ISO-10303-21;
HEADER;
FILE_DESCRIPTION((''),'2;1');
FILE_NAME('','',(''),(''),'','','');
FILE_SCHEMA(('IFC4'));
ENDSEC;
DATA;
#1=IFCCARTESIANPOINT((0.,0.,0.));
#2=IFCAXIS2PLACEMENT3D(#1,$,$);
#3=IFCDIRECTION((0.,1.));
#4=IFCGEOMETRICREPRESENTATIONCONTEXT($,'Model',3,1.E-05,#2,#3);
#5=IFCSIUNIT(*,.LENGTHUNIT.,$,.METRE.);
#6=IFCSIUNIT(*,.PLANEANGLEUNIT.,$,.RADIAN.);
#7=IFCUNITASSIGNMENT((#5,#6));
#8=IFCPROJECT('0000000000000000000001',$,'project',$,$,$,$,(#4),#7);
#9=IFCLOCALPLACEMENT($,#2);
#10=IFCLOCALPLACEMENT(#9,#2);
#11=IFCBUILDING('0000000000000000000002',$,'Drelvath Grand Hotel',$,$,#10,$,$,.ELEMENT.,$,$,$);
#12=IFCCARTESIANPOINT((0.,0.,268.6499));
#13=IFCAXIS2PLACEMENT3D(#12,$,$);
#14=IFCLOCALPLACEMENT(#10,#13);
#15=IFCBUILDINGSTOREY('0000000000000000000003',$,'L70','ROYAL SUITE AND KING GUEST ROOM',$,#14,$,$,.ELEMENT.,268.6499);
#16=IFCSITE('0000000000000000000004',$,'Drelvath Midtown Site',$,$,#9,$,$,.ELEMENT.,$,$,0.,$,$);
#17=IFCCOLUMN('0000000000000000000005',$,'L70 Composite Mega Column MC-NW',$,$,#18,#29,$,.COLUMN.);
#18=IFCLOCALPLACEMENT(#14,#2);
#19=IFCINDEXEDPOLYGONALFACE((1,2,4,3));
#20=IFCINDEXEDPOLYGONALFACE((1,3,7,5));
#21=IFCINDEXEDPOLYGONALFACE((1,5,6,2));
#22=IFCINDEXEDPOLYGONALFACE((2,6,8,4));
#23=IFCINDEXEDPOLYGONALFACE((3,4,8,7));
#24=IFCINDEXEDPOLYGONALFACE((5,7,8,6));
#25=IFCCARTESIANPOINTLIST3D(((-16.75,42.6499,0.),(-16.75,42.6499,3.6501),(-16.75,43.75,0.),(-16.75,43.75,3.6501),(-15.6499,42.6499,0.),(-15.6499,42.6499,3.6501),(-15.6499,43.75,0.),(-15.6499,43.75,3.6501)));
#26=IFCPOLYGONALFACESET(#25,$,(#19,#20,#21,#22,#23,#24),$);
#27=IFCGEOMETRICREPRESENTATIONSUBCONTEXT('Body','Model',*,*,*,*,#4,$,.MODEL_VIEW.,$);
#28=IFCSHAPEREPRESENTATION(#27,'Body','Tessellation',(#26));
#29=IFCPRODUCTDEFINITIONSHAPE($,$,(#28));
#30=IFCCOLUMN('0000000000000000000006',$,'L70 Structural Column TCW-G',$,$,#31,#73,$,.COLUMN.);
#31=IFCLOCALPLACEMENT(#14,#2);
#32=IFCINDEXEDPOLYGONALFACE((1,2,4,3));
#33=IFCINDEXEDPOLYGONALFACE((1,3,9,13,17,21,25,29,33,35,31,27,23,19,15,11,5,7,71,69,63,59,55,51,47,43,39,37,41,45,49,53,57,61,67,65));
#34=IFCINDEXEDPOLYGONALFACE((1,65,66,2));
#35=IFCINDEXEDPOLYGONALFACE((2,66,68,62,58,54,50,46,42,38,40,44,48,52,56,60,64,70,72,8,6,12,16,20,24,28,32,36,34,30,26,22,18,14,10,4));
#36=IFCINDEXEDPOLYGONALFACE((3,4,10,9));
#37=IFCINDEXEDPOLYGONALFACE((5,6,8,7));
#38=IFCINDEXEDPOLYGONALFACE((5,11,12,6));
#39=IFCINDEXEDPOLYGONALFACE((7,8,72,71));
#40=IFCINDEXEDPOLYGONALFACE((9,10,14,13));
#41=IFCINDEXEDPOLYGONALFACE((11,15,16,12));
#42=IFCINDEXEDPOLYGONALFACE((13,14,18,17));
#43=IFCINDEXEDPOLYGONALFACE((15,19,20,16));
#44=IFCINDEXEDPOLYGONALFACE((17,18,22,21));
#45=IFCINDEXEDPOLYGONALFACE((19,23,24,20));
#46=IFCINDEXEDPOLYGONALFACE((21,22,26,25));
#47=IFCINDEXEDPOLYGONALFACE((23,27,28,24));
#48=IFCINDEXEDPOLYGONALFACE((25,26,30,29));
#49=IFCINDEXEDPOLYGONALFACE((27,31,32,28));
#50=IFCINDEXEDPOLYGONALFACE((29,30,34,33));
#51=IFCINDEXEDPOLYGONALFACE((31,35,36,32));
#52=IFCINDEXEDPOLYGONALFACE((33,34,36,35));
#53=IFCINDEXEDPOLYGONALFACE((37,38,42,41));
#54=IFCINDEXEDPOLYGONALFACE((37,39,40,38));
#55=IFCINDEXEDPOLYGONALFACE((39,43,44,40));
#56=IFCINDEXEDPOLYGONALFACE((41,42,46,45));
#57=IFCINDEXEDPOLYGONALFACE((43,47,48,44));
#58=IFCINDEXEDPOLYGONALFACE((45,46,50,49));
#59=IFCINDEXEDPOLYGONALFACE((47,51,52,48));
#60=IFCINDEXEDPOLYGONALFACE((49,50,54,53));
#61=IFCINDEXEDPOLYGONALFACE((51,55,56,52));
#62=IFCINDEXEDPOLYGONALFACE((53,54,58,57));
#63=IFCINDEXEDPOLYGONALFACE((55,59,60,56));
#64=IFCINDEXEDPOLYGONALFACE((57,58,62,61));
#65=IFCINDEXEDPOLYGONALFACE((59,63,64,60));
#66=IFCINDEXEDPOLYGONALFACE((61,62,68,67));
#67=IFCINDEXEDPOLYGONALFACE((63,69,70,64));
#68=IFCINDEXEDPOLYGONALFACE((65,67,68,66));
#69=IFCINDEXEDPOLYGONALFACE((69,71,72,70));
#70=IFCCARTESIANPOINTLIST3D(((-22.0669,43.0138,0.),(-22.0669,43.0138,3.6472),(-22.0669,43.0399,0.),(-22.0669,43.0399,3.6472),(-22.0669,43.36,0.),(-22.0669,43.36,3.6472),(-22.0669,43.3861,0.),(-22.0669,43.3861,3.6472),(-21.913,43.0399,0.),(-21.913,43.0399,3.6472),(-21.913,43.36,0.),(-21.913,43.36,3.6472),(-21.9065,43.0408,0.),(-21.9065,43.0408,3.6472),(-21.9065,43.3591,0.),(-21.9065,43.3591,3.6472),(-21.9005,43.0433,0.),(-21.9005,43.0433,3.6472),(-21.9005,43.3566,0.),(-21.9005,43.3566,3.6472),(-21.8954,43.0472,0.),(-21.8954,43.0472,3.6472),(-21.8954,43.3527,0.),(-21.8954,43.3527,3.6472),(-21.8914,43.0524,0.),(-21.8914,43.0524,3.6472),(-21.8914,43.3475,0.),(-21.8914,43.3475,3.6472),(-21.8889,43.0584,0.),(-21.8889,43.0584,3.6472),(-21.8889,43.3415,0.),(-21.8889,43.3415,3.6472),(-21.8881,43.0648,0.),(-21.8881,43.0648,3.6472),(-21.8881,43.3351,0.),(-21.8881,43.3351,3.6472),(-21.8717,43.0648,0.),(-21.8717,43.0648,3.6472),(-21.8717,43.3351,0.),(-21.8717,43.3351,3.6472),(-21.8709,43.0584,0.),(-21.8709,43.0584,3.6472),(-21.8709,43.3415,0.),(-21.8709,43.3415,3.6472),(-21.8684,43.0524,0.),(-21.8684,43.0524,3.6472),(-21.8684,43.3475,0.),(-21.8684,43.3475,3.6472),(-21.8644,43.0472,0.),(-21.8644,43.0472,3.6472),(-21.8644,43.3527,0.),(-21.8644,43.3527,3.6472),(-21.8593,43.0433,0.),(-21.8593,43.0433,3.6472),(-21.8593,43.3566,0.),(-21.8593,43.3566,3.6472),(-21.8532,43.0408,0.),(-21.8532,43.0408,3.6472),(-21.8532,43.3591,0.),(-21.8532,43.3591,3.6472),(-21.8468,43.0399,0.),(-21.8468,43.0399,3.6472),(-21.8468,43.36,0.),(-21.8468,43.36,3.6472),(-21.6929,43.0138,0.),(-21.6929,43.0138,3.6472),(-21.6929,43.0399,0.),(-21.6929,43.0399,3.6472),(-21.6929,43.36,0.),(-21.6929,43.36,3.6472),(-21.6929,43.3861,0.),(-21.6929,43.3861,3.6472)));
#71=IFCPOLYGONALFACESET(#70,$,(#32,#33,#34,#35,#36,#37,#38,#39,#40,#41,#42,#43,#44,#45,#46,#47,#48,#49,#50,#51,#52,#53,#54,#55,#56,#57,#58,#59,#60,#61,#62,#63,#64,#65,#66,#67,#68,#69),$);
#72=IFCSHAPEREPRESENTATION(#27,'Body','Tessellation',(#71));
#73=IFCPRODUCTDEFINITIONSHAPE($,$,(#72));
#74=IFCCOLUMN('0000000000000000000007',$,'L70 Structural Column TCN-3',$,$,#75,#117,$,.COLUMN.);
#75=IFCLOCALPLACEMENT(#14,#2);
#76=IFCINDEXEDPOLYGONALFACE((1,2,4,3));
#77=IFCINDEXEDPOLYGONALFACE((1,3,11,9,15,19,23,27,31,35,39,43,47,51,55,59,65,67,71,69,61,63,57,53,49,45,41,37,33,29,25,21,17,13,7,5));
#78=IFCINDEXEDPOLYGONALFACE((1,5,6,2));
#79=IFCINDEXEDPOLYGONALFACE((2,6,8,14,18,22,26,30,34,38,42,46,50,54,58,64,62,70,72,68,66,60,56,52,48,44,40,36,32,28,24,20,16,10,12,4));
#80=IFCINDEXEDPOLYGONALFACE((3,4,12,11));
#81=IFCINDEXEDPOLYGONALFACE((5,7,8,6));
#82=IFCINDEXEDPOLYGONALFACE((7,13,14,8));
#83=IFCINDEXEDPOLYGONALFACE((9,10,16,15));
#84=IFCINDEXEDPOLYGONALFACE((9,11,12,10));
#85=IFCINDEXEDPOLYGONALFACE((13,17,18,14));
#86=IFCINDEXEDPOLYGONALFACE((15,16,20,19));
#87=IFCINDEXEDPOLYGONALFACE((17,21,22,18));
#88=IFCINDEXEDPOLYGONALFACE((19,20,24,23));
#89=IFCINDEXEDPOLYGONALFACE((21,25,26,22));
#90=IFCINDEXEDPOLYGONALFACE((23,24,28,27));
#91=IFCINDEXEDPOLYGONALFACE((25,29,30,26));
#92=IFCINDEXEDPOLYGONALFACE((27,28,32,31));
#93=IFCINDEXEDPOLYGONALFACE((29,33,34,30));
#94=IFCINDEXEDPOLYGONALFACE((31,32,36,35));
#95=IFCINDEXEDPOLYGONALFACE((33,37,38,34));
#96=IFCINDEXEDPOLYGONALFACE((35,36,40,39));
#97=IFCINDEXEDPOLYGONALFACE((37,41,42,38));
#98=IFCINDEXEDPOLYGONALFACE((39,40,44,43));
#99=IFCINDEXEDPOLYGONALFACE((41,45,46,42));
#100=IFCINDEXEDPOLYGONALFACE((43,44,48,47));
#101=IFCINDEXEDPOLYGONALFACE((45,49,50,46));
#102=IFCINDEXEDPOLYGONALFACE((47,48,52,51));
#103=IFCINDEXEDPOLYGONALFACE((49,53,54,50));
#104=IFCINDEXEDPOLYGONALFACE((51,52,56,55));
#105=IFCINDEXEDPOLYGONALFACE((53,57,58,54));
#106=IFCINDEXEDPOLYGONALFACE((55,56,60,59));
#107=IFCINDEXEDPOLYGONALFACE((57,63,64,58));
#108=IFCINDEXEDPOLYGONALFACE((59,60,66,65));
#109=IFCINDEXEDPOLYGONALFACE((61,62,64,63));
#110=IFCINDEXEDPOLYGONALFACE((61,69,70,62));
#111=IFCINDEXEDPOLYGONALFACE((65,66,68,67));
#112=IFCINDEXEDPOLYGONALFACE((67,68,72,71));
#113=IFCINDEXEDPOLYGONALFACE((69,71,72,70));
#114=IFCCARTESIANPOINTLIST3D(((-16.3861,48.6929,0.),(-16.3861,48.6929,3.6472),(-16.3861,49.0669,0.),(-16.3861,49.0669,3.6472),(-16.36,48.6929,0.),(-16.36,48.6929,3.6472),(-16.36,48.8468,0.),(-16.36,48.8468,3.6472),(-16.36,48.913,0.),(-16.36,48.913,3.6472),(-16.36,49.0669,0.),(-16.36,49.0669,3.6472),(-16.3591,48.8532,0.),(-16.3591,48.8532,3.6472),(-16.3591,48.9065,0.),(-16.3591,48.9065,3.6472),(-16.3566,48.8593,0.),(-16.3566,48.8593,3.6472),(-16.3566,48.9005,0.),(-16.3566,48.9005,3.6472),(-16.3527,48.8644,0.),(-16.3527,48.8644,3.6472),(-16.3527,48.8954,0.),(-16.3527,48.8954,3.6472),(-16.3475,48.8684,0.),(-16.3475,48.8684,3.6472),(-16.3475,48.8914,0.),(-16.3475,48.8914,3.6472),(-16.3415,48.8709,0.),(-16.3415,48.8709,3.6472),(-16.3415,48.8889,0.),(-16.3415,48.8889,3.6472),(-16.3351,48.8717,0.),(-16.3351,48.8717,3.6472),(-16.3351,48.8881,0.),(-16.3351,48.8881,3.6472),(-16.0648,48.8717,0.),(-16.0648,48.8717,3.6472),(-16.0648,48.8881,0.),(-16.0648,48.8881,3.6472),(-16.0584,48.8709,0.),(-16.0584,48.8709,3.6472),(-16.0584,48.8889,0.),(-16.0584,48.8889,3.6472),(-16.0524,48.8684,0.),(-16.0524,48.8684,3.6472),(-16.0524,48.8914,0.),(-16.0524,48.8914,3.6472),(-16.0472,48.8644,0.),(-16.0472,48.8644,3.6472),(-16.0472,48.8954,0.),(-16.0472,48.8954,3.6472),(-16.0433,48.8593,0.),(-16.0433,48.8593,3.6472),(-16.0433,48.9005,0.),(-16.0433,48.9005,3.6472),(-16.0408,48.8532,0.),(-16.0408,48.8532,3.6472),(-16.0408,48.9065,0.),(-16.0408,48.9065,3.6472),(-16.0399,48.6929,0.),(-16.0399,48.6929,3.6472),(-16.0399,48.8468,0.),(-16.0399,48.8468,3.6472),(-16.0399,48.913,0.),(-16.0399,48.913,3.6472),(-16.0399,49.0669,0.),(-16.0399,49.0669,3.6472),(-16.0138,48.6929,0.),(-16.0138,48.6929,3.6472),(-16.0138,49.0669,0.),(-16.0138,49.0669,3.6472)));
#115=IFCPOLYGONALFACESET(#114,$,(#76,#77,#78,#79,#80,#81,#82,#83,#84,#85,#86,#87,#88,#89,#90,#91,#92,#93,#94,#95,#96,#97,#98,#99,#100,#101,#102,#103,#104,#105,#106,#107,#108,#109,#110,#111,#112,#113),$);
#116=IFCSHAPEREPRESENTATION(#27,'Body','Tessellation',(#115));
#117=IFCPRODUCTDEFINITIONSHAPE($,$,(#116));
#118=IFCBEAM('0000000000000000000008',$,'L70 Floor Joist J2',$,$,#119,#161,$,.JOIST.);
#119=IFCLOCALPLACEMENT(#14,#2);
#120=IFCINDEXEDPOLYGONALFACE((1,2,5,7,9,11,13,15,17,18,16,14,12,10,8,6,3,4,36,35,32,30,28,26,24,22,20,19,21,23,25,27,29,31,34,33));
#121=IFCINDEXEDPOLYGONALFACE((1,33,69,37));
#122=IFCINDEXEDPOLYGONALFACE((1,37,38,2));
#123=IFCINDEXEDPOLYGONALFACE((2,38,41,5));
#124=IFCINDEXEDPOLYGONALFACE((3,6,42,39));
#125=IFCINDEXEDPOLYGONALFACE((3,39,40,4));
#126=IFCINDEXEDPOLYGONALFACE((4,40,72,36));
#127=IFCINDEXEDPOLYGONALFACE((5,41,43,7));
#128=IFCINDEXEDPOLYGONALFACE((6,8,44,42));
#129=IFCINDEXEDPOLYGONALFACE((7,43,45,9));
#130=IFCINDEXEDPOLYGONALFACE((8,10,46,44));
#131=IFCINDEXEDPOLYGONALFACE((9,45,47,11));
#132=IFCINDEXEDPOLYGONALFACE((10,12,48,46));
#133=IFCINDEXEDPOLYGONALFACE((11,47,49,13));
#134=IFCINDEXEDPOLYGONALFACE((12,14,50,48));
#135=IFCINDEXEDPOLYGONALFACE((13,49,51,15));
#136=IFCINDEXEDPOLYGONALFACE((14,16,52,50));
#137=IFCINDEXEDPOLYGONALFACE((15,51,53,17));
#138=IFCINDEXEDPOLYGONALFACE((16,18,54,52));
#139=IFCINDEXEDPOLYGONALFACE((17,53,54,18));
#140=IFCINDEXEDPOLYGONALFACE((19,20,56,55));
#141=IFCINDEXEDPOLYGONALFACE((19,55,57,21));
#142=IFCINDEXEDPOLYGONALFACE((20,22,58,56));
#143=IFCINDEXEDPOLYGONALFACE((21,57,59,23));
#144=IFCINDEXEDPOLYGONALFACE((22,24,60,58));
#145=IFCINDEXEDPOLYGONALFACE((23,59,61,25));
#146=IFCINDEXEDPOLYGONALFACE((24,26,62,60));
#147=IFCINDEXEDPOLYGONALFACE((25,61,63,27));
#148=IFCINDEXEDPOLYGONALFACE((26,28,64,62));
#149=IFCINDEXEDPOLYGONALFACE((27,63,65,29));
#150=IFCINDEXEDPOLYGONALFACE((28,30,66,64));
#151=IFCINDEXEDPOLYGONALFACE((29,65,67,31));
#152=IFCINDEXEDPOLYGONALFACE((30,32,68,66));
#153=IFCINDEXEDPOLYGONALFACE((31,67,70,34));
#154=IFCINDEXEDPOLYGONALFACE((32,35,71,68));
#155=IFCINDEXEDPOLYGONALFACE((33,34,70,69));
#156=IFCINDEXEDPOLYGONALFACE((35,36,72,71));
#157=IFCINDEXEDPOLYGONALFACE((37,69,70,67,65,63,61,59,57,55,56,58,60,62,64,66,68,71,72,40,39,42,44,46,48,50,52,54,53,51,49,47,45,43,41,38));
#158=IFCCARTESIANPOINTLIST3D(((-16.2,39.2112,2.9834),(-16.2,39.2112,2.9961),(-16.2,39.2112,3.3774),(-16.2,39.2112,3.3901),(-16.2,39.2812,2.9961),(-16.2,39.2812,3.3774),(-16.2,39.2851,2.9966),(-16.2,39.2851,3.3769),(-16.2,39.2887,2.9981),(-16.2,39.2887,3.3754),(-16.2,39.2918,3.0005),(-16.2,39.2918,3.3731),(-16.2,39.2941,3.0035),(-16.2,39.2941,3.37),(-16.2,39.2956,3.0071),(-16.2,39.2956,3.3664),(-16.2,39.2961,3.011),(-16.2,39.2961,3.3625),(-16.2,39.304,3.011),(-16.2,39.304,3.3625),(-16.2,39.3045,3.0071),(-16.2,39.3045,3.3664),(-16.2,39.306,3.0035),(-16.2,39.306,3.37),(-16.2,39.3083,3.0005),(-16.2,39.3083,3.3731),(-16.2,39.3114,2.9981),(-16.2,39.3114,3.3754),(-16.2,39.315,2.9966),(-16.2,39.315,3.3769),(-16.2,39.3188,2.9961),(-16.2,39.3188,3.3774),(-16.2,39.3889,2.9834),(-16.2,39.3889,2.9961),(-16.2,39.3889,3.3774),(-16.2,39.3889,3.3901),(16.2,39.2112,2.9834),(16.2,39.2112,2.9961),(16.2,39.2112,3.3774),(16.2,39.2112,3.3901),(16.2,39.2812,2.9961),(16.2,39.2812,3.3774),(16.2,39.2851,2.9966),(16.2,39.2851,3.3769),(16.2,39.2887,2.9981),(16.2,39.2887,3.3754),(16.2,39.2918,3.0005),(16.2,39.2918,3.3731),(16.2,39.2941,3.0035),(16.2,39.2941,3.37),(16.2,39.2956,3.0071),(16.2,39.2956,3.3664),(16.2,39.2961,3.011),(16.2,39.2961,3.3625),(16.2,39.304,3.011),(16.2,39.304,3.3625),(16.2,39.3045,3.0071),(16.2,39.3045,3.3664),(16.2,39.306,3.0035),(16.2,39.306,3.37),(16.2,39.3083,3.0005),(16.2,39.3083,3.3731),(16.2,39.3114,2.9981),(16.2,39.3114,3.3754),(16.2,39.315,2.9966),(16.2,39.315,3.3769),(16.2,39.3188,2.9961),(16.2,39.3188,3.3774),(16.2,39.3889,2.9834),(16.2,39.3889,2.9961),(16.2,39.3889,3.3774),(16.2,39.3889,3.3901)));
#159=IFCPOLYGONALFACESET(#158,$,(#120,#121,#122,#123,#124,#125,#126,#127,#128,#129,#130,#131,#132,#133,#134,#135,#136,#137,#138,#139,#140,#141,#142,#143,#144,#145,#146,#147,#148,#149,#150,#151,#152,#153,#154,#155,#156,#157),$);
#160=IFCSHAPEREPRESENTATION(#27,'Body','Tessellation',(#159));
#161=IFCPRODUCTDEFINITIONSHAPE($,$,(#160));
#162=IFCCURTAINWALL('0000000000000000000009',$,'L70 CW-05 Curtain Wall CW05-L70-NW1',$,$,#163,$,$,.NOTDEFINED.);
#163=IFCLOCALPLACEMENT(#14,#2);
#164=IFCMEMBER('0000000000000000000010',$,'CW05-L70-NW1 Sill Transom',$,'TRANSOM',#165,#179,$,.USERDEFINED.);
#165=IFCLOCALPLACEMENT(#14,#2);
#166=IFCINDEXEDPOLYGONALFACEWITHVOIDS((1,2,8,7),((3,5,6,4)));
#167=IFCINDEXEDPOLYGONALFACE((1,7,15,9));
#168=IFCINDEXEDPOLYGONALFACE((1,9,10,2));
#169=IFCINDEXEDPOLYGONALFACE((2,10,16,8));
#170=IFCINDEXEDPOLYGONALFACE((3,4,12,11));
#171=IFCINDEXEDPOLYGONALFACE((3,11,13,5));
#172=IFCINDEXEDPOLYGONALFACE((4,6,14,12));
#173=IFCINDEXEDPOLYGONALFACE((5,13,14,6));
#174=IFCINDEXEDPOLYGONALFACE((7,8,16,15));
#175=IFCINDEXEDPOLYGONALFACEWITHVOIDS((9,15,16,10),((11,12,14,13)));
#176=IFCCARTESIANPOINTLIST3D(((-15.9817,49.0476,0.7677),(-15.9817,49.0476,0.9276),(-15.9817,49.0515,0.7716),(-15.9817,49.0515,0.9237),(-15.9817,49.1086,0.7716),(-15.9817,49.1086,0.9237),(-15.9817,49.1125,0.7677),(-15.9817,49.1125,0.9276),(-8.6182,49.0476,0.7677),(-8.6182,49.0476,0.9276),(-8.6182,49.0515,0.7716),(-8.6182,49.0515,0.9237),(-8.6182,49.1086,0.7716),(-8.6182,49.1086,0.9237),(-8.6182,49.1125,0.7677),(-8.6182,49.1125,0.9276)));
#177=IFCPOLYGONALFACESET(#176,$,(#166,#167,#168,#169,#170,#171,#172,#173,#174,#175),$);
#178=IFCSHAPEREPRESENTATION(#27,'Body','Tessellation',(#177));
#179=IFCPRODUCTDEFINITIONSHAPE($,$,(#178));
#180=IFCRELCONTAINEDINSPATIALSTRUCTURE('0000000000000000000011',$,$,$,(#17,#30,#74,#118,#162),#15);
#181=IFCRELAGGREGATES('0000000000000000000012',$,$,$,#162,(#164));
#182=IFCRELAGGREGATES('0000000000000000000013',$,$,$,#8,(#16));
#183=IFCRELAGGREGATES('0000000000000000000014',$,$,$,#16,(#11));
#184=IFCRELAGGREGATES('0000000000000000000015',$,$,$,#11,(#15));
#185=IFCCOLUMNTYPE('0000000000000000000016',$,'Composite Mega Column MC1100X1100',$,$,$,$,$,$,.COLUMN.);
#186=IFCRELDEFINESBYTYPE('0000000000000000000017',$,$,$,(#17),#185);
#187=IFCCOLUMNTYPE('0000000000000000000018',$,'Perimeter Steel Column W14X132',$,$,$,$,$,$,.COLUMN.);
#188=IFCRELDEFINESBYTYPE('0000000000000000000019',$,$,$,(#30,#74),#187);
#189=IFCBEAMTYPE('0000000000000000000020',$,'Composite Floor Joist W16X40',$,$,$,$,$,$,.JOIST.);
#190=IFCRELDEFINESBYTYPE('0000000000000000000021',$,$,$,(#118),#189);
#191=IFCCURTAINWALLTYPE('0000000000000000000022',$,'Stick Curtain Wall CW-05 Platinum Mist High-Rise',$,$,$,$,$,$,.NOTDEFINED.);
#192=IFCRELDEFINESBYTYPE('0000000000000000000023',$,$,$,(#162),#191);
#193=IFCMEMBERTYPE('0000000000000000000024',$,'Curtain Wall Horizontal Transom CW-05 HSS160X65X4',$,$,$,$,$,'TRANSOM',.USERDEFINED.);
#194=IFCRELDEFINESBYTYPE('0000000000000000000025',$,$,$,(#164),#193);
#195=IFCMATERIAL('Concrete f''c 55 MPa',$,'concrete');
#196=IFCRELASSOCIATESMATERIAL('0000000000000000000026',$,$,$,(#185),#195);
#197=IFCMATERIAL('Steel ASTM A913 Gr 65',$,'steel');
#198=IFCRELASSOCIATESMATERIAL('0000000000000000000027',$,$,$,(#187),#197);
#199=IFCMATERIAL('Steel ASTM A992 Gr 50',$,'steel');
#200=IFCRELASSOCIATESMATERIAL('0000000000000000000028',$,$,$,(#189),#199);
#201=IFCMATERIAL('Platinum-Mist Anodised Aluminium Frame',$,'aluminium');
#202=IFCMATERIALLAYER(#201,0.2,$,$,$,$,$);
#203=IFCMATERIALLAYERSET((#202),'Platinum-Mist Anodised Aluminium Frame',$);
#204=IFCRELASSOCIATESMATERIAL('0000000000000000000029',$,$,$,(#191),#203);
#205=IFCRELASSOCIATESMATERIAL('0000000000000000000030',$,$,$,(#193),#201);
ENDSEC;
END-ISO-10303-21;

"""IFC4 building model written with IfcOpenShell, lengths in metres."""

from ifc_helpers import new_model, si_unit, direction, frame, origin, origin_2d, place, context, subcontext, project, spatial, rectangle, hollow_rectangle, i_section, extrude, material, layer, layer_set, material_profile, profile_set, type_object, element, aggregate, save


model = new_model("IFC4")

# Units and contexts
model_context = context("Model", 3, precision=1e-05, world=origin(), true_north=direction((0.0, 1.0)))
body_context = subcontext(model_context, "Body", "Model", "MODEL_VIEW")
ifc_project = project(units=[si_unit("LENGTHUNIT", "METRE"), si_unit("PLANEANGLEUNIT", "RADIAN")], contexts=[model_context])

# Site, building, storey
site_placement = place(None, origin())
site = spatial("IfcSite", under=ifc_project, at=site_placement, Name="Drelvath Midtown Site", CompositionType="ELEMENT", RefElevation=0.0)
building_placement = place(site_placement, origin())
building = spatial("IfcBuilding", under=site, at=building_placement, Name="Drelvath Grand Hotel", CompositionType="ELEMENT")
storey_placement = place(building_placement, frame((0.0, 0.0, 268.6499)))
storey = spatial("IfcBuildingStorey", under=building, at=storey_placement, Name="L70", Description="ROYAL SUITE AND KING GUEST ROOM", CompositionType="ELEMENT", Elevation=268.6499)

# Columns
ifc_material_1 = material(Name="Concrete f'c 55 MPa", Category="concrete")
ifc_material_profile_1 = material_profile(ifc_material_1, rectangle(XDim=1.1001, YDim=1.1001, at=origin_2d()), Name="MC1100X1100")
ifc_profile_set_1 = profile_set([ifc_material_profile_1], Name="Concrete f'c 55 MPa")
column_type_1 = type_object("IfcColumnType", Name="Composite Mega Column MC1100X1100", PredefinedType="COLUMN", material=ifc_profile_set_1)
column_placement = place(storey_placement, frame((-16.2, 43.2, 0.0), z_axis=(0.0, 0.0, 1.0), x_axis=(1.0, 0.0, 0.0)))
element("IfcColumn", 1, at=column_placement, inside=storey, type_object=column_type_1, Name="L70 Composite Mega Column MC-NW", PredefinedType="COLUMN", context=body_context, shape_type="SweptSolid", body=[
    extrude(rectangle(XDim=1.1001, YDim=1.1001, at=origin_2d()), origin(), (0.0, 0.0, 1.0), 3.6501),
])
ifc_material_2 = material(Name="Steel ASTM A913 Gr 65", Category="steel")
ifc_material_profile_2 = material_profile(ifc_material_2, i_section(OverallWidth=0.374, OverallDepth=0.3723, WebThickness=0.0164, FlangeThickness=0.0261, FilletRadius=0.0249, at=origin_2d()), Name="W14X132")
ifc_profile_set_2 = profile_set([ifc_material_profile_2], Name="Steel ASTM A913 Gr 65")
column_type_2 = type_object("IfcColumnType", Name="Perimeter Steel Column W14X132", PredefinedType="COLUMN", material=ifc_profile_set_2)
for number, where, z_axis, x_axis, name in (
    (2, (-21.8799, 43.2, 0.0), (0.0, 0.0, 1.0), (1.0, 0.0, 0.0), "L70 Structural Column TCW-G"),
    (3, (-16.2, 48.8799, 0.0), (0.0, 0.0, 1.0), (0.0, 1.0, 0.0), "L70 Structural Column TCN-3"),
):
    element("IfcColumn", number, at=place(storey_placement, frame(where, z_axis=z_axis, x_axis=x_axis)), inside=storey, type_object=column_type_2, Name=name, PredefinedType="COLUMN", context=body_context, shape_type="SweptSolid", body=[
        extrude(i_section(OverallWidth=0.374, OverallDepth=0.3723, WebThickness=0.0164, FlangeThickness=0.0261, FilletRadius=0.0249, at=origin_2d()), origin(), (0.0, 0.0, 1.0), 3.6472),
    ])

# Beam
ifc_material_3 = material(Name="Steel ASTM A992 Gr 50", Category="steel")
ifc_material_profile_3 = material_profile(ifc_material_3, i_section(OverallWidth=0.1777, OverallDepth=0.4067, WebThickness=0.0078, FlangeThickness=0.0127, FilletRadius=0.0149, at=origin_2d()), Name="W16X40")
ifc_profile_set_3 = profile_set([ifc_material_profile_3], Name="Steel ASTM A992 Gr 50")
beam_type_1 = type_object("IfcBeamType", Name="Composite Floor Joist W16X40", PredefinedType="JOIST", material=ifc_profile_set_3)
beam_1_placement = place(storey_placement, frame((-16.2, 39.3, 3.1868), z_axis=(1.0, 0.0, 0.0), x_axis=(0.0, 1.0, 0.0)))
element("IfcBeam", 4, at=beam_1_placement, inside=storey, type_object=beam_type_1, Name="L70 Floor Joist J2", PredefinedType="JOIST", context=body_context, shape_type="SweptSolid", body=[
    extrude(i_section(OverallWidth=0.1777, OverallDepth=0.4067, WebThickness=0.0078, FlangeThickness=0.0127, FilletRadius=0.0149, at=origin_2d()), origin(), (0.0, 0.0, 1.0), 32.3999),
])

# Curtain wall, member
ifc_material_4 = material(Name="Platinum-Mist Anodised Aluminium Frame", Category="aluminium")
ifc_layer_1 = layer(ifc_material_4, 0.2)
ifc_layer_set_1 = layer_set([ifc_layer_1], Name="Platinum-Mist Anodised Aluminium Frame")
curtain_wall_type = type_object("IfcCurtainWallType", Name="Stick Curtain Wall CW-05 Platinum Mist High-Rise", PredefinedType="NOTDEFINED", material=ifc_layer_set_1)
curtain_wall_1_placement = place(storey_placement, origin())
curtain_wall_1 = element("IfcCurtainWall", 5, at=curtain_wall_1_placement, inside=storey, type_object=curtain_wall_type, Name="L70 CW-05 Curtain Wall CW05-L70-NW1", PredefinedType="NOTDEFINED")
ifc_material_profile_4 = material_profile(ifc_material_4, hollow_rectangle(XDim=0.0649, YDim=0.1599, WallThickness=0.0039, at=origin_2d()), Name="HSS160X65X4")
ifc_profile_set_4 = profile_set([ifc_material_profile_4], Name="Platinum-Mist Anodised Aluminium Frame")
member_type_1 = type_object("IfcMemberType", Name="Curtain Wall Horizontal Transom CW-05 HSS160X65X4", ElementType="TRANSOM", PredefinedType="USERDEFINED", material=ifc_profile_set_4)
member_1_placement = place(storey_placement, frame((-15.9817, 49.0801, 0.8477), z_axis=(1.0, 0.0, 0.0), x_axis=(0.0, 1.0, 0.0)))
member_1 = element("IfcMember", 6, at=member_1_placement, type_object=member_type_1, Name="CW05-L70-NW1 Sill Transom", ObjectType="TRANSOM", PredefinedType="USERDEFINED", context=body_context, shape_type="SweptSolid", body=[
    extrude(hollow_rectangle(XDim=0.0649, YDim=0.1599, WallThickness=0.0039, at=origin_2d()), origin(), (0.0, 0.0, 1.0), 7.3635),
])

aggregate(curtain_wall_1, [member_1])

save(model, "model.ifc")
